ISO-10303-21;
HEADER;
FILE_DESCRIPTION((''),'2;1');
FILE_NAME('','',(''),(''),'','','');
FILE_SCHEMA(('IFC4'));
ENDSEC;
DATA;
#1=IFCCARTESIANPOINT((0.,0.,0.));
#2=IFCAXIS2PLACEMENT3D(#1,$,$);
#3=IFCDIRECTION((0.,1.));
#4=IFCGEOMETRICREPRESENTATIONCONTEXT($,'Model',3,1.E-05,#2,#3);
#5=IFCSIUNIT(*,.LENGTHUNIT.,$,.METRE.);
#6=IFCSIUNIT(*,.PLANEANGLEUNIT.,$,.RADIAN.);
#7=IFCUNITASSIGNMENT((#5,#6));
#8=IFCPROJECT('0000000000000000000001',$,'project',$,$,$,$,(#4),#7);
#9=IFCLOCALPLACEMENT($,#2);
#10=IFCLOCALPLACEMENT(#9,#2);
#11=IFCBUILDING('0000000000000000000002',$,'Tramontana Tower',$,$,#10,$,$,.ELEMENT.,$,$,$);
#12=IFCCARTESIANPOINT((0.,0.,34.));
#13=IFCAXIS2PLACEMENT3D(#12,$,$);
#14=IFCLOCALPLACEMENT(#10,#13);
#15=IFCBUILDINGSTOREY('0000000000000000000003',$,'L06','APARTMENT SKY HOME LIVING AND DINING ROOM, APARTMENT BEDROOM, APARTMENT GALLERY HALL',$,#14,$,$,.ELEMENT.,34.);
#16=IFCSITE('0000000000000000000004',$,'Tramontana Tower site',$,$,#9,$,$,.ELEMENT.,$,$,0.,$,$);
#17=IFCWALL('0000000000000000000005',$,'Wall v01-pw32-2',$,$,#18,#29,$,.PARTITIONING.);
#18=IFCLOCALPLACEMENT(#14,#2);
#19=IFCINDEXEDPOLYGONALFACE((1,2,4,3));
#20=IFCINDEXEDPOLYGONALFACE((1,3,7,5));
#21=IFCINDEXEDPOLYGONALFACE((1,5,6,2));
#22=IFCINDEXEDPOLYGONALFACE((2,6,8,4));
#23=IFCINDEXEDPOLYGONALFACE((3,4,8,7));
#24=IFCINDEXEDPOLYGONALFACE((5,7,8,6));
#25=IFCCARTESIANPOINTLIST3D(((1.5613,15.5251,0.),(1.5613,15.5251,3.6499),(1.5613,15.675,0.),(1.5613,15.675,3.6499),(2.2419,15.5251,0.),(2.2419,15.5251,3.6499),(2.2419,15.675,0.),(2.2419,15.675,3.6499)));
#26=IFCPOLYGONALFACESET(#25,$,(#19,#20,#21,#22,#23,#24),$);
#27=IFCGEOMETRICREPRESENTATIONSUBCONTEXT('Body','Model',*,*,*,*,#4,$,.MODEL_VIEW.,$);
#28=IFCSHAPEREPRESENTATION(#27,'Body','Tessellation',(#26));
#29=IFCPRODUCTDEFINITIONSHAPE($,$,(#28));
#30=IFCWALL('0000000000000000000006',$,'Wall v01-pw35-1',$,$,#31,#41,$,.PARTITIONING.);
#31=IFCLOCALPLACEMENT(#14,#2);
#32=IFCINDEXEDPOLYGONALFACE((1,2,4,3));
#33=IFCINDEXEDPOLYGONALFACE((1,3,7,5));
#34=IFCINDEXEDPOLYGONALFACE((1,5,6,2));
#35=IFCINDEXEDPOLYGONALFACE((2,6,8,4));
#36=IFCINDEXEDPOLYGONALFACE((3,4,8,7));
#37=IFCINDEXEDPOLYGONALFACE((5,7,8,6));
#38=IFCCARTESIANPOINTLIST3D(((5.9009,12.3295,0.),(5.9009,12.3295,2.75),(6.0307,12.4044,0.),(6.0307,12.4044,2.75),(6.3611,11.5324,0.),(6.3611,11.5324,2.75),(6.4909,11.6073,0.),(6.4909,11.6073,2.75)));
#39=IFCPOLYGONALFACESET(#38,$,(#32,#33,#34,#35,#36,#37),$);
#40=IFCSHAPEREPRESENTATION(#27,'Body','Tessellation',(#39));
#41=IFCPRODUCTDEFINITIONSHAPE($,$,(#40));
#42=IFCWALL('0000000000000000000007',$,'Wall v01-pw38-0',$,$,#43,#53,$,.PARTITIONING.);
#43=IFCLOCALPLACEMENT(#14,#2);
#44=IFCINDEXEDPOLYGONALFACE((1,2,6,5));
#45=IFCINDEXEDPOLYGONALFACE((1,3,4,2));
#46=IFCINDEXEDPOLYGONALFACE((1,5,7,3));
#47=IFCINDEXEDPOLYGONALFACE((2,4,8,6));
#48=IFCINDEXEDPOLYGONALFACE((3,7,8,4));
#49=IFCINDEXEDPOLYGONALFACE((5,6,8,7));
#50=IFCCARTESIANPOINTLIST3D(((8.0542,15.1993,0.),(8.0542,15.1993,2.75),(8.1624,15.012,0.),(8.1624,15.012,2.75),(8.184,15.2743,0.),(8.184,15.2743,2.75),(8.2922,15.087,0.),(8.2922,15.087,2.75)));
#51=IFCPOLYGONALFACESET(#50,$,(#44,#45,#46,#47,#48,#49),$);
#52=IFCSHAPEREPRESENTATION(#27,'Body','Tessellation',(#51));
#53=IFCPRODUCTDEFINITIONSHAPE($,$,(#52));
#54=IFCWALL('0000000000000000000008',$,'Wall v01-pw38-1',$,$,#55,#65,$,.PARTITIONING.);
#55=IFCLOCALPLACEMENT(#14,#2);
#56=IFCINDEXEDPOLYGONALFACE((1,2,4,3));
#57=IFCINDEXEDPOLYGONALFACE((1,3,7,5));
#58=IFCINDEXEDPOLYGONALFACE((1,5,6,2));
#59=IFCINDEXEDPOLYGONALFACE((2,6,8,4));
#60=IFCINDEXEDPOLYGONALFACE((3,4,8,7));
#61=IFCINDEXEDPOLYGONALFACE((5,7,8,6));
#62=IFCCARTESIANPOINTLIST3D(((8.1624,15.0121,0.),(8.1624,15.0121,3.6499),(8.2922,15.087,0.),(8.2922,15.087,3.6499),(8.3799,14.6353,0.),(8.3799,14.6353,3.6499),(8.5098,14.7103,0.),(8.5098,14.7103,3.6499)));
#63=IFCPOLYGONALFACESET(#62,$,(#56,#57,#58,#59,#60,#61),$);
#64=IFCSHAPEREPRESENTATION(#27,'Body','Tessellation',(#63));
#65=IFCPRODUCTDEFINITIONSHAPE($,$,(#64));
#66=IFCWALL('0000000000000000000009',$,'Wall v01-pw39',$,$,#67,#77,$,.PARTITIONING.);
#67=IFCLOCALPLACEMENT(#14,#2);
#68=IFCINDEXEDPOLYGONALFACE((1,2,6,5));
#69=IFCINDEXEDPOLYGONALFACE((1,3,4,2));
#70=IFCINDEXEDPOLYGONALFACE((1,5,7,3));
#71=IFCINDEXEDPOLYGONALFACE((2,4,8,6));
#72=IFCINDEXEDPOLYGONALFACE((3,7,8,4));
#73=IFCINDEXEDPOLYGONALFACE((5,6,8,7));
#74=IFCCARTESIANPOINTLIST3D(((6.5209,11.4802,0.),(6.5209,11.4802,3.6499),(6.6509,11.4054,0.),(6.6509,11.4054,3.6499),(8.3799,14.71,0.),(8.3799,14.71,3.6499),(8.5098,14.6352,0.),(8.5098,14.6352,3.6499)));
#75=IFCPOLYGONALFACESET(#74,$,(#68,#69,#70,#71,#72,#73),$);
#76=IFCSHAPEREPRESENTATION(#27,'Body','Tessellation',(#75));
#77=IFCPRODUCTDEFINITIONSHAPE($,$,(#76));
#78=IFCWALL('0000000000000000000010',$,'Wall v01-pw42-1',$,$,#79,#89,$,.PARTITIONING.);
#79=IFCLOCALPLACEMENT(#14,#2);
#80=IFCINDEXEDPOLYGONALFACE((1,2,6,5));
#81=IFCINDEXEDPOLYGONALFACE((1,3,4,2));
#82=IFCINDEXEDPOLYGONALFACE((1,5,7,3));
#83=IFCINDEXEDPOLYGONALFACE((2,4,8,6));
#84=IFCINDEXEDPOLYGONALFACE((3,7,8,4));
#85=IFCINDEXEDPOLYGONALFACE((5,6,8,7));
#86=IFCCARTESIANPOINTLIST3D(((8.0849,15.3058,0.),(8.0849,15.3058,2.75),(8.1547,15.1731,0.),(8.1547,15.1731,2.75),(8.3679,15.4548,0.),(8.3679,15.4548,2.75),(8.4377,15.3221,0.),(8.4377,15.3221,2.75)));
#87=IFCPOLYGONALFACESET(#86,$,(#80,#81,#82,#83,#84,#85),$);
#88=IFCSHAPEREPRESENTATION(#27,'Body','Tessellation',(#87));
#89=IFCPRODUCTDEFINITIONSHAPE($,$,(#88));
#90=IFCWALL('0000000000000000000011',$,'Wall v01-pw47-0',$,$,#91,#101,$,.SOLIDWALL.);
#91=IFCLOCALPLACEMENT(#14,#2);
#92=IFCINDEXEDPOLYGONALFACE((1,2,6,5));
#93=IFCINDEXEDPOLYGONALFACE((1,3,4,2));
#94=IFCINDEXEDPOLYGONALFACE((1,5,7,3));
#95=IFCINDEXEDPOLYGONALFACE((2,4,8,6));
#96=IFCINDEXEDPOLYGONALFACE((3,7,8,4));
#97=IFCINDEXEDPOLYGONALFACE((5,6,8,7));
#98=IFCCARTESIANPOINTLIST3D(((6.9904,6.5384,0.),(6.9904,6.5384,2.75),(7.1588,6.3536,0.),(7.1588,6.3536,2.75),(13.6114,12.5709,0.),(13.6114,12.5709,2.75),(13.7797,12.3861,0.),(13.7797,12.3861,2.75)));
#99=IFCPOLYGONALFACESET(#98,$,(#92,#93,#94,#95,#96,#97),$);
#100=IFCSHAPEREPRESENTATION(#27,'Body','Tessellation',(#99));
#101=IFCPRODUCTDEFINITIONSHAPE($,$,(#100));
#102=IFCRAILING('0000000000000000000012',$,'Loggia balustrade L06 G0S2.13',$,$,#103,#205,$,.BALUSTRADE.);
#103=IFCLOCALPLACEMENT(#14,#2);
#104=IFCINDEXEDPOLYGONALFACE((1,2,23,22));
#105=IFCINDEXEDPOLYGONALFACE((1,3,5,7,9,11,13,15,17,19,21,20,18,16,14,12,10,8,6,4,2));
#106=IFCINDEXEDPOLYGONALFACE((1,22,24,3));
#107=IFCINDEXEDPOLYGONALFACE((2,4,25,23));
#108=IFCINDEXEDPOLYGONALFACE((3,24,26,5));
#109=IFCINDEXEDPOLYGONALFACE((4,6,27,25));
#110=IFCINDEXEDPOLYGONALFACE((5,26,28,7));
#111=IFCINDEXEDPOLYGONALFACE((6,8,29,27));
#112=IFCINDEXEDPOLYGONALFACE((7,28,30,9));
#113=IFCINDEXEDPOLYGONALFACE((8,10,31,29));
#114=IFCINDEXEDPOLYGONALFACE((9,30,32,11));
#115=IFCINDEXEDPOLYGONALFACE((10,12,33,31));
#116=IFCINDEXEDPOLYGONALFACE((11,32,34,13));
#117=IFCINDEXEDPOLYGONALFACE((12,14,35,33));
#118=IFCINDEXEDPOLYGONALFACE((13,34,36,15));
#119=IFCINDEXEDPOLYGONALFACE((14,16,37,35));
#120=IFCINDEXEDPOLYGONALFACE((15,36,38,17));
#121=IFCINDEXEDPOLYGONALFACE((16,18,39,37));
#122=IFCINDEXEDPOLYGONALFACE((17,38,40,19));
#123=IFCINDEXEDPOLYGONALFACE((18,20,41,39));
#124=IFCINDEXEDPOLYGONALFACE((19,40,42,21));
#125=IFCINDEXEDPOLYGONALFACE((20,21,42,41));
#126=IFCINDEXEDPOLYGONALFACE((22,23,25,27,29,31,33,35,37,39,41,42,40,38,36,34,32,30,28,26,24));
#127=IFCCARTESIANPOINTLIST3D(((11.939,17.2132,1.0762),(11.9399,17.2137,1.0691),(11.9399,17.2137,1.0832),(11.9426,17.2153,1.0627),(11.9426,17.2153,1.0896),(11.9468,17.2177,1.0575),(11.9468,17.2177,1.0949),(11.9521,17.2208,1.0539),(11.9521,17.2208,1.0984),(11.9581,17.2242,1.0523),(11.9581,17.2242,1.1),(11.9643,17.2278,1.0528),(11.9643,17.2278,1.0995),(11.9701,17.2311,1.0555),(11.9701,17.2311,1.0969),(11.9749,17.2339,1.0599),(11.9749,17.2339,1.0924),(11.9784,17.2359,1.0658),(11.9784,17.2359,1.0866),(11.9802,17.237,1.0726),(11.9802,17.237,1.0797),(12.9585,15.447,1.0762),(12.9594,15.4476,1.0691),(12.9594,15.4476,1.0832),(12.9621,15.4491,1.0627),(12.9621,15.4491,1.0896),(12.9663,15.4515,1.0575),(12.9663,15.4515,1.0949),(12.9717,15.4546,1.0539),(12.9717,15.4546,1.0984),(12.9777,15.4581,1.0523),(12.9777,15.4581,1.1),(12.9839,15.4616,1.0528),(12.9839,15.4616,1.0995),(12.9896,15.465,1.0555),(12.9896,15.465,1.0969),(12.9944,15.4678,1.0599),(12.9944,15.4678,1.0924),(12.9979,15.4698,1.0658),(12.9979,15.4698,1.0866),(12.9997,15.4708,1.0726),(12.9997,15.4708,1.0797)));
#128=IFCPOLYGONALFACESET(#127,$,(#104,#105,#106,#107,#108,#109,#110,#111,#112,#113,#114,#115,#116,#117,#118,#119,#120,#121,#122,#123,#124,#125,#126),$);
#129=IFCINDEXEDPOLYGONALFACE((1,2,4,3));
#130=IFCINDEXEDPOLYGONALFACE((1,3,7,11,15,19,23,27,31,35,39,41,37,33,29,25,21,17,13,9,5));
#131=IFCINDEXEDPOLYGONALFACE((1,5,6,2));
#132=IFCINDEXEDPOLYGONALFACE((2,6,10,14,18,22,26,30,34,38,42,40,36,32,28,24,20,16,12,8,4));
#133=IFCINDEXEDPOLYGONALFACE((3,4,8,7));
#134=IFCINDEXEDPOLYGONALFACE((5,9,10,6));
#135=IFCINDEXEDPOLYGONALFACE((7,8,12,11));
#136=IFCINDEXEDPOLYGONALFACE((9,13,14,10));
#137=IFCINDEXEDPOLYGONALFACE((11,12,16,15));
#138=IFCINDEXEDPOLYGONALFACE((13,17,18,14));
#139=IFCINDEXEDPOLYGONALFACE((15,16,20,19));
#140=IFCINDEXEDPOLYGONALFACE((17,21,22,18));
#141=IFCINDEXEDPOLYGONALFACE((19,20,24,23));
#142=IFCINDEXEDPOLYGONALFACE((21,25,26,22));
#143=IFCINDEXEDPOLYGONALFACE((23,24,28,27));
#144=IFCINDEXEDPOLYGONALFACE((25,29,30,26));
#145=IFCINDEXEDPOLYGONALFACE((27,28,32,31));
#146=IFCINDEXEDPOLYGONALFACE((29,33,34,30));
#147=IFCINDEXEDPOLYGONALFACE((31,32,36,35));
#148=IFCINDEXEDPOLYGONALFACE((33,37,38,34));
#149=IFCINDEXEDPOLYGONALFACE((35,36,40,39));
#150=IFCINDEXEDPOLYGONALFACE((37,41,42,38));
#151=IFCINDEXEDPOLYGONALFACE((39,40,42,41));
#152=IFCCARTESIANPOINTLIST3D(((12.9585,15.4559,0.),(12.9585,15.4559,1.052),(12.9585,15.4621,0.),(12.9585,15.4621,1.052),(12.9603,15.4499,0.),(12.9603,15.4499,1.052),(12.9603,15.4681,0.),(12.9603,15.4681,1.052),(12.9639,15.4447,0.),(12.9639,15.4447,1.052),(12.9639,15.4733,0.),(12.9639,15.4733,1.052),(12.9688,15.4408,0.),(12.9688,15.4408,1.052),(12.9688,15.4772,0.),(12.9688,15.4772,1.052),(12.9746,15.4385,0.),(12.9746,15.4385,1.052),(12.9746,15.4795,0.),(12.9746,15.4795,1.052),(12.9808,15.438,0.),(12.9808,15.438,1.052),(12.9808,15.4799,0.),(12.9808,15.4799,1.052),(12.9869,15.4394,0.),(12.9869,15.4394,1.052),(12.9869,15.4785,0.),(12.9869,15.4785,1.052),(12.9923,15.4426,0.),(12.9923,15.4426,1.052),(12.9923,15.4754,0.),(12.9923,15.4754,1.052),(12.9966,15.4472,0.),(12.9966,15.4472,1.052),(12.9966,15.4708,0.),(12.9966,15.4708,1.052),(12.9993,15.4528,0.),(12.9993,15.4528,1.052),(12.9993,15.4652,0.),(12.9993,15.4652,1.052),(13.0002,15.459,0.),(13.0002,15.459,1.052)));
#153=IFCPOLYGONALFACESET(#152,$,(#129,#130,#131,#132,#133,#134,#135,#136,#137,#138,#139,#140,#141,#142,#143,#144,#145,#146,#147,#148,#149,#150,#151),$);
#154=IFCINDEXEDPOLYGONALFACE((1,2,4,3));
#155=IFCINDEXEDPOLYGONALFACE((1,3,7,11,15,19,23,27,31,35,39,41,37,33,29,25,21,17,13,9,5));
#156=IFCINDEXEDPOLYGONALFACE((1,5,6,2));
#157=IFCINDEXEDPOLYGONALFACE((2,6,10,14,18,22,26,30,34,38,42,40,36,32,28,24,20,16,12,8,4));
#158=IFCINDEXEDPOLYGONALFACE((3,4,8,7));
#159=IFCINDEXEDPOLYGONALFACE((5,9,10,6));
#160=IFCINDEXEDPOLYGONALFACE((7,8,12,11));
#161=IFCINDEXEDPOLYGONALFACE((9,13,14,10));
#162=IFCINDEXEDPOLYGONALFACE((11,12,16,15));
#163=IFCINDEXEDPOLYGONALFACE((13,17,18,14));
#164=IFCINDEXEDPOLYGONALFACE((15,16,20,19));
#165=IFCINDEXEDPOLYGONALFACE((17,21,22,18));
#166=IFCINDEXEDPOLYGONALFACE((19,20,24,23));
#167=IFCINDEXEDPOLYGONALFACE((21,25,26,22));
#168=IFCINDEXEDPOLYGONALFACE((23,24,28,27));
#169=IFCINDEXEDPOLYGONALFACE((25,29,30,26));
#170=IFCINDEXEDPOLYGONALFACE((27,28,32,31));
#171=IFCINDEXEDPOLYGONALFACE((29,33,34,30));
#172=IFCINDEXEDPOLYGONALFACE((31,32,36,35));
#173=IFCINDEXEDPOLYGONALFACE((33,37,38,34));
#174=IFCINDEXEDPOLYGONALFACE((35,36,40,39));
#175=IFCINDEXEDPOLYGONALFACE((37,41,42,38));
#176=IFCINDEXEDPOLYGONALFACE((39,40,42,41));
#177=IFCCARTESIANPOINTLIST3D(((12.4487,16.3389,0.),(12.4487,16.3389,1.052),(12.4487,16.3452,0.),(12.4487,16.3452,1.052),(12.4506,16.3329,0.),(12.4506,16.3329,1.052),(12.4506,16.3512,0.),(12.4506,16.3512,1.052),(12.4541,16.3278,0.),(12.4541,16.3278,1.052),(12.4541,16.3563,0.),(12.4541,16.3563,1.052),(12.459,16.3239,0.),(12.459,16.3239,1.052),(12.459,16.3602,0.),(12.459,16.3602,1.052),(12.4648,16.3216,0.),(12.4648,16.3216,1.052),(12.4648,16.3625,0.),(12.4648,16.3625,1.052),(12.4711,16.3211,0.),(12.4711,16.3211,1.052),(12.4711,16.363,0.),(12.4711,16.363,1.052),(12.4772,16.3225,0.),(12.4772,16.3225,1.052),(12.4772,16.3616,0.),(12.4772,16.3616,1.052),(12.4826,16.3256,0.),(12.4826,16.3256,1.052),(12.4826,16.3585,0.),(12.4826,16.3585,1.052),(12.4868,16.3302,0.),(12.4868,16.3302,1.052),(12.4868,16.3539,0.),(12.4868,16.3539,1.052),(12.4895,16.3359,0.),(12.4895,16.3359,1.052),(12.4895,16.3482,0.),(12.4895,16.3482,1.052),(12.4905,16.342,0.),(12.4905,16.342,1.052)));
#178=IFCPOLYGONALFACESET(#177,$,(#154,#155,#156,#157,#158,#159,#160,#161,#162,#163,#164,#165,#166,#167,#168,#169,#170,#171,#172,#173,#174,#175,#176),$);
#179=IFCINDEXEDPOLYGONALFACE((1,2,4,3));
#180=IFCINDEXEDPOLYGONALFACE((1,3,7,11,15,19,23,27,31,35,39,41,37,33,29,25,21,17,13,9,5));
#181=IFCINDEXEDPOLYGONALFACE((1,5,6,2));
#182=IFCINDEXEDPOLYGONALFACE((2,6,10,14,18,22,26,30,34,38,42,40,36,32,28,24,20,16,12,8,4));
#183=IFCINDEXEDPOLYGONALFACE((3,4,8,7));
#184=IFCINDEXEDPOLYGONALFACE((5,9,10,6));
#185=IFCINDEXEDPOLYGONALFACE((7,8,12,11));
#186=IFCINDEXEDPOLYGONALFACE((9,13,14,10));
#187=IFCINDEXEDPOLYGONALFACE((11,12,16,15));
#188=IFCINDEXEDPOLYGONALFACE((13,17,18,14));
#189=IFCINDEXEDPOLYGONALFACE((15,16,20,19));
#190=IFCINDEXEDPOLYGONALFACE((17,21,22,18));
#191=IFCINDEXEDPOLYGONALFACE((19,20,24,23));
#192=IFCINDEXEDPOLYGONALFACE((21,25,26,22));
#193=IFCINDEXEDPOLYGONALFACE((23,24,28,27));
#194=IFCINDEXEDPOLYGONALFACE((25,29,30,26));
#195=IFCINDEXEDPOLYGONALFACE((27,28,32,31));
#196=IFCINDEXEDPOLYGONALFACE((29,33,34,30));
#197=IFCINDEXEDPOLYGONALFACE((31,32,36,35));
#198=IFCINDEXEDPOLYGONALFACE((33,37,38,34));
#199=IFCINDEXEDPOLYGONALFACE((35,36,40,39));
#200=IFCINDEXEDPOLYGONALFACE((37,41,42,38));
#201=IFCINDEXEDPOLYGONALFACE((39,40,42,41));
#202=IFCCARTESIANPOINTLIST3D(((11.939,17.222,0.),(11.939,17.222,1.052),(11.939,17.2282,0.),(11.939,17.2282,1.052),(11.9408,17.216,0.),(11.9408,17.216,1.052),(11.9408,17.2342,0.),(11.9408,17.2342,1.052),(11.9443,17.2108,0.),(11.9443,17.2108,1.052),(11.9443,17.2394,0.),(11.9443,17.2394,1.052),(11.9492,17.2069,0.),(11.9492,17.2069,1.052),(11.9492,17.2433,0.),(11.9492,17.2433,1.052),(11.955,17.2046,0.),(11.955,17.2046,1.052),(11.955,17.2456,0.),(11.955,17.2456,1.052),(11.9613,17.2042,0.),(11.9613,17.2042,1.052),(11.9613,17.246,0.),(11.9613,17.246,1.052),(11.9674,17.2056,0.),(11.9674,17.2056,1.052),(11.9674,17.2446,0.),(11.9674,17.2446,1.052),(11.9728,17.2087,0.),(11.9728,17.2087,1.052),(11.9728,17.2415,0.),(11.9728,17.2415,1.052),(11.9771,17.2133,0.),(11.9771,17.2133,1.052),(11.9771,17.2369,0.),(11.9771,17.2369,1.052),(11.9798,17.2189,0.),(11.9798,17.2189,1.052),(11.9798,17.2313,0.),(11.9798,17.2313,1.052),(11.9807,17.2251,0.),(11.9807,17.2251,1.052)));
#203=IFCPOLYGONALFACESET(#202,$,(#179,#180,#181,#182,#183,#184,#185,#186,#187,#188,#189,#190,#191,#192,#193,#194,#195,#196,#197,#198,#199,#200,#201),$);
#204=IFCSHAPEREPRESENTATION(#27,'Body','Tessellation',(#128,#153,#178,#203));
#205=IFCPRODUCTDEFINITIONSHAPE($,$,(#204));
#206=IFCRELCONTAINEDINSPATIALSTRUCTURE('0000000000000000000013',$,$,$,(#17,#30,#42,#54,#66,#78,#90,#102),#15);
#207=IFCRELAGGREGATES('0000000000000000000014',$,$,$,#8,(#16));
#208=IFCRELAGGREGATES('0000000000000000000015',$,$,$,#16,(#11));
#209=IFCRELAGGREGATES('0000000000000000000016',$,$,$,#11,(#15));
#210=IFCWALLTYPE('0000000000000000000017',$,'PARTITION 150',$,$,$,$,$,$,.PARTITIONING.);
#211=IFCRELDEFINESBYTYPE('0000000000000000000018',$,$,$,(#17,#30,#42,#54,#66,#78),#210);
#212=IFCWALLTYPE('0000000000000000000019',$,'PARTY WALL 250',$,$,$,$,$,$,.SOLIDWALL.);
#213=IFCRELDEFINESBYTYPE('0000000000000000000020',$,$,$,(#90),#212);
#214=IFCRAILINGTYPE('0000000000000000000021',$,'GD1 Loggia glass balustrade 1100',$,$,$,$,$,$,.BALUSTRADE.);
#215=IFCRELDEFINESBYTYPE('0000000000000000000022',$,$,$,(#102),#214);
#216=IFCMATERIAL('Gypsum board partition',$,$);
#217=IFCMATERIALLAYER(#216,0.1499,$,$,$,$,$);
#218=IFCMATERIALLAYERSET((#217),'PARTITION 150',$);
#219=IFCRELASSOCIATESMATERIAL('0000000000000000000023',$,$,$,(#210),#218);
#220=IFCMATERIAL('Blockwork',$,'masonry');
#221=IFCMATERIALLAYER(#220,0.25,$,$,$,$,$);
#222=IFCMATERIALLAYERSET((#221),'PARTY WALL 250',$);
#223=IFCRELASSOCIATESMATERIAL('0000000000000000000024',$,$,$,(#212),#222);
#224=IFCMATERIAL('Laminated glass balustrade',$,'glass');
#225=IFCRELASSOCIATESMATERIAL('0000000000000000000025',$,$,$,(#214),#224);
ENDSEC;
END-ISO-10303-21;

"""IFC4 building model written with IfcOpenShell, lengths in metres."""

from ifc_helpers import new_model, si_unit, direction, frame, frame_2d, origin, origin_2d, place, context, subcontext, project, spatial, rectangle, circle, extrude, material, layer, layer_set, type_object, element, save


model = new_model("IFC4")

# Units and contexts
model_context = context("Model", 3, precision=1e-05, world=origin(), true_north=direction((0.0, 1.0)))
body_context = subcontext(model_context, "Body", "Model", "MODEL_VIEW")
ifc_project = project(units=[si_unit("LENGTHUNIT", "METRE"), si_unit("PLANEANGLEUNIT", "RADIAN")], contexts=[model_context])

# Site, building, storey
site_placement = place(None, origin())
site = spatial("IfcSite", under=ifc_project, at=site_placement, Name="Tramontana Tower site", CompositionType="ELEMENT", RefElevation=0.0)
building_placement = place(site_placement, origin())
building = spatial("IfcBuilding", under=site, at=building_placement, Name="Tramontana Tower", CompositionType="ELEMENT")
storey_placement = place(building_placement, frame((0.0, 0.0, 34.0)))
storey = spatial("IfcBuildingStorey", under=building, at=storey_placement, Name="L06", Description="APARTMENT SKY HOME LIVING AND DINING ROOM, APARTMENT BEDROOM, APARTMENT GALLERY HALL", CompositionType="ELEMENT", Elevation=34.0)

# Wall
ifc_material_1 = material(Name="Gypsum board partition")
ifc_layer_1 = layer(ifc_material_1, 0.1499)
ifc_layer_set_1 = layer_set([ifc_layer_1], Name="PARTITION 150")
wall_type_1 = type_object("IfcWallType", Name="PARTITION 150", PredefinedType="PARTITIONING", material=ifc_layer_set_1)
wall_1_placement = place(storey_placement, frame((1.5613, 15.6001, 0.0), z_axis=(0.0, 0.0, 1.0), x_axis=(1.0, 0.0, 0.0)))
element("IfcWall", 1, at=wall_1_placement, inside=storey, type_object=wall_type_1, Name="Wall v01-pw32-2", PredefinedType="PARTITIONING", context=body_context, shape_type="SweptSolid", body=[
    extrude(rectangle(XDim=0.6807, YDim=0.1499, at=frame_2d((0.3403, 0.0))), origin(), (0.0, 0.0, 1.0), 3.6499),
])

# Walls
wall_2_placement = place(storey_placement, frame((5.9658, 12.3669, 0.0), z_axis=(0.0, 0.0, 1.0), x_axis=(0.49999, -0.866031, 0.0)))
element("IfcWall", 2, at=wall_2_placement, inside=storey, type_object=wall_type_1, Name="Wall v01-pw35-1", PredefinedType="PARTITIONING", context=body_context, shape_type="SweptSolid", body=[
    extrude(rectangle(XDim=0.9204, YDim=0.1499, at=frame_2d((0.4602, 0.0))), origin(), (0.0, 0.0, 1.0), 2.75),
])
wall_3_placement = place(storey_placement, frame((8.1191, 15.2368, 0.0), z_axis=(0.0, 0.0, 1.0), x_axis=(0.500146, -0.865941, 0.0)))
element("IfcWall", 3, at=wall_3_placement, inside=storey, type_object=wall_type_1, Name="Wall v01-pw38-0", PredefinedType="PARTITIONING", context=body_context, shape_type="SweptSolid", body=[
    extrude(rectangle(XDim=0.2163, YDim=0.1499, at=frame_2d((0.1082, 0.0))), origin(), (0.0, 0.0, 1.0), 2.75),
])
wall_4_placement = place(storey_placement, frame((8.2273, 15.0496, 0.0), z_axis=(0.0, 0.0, 1.0), x_axis=(0.500063, -0.865989, 0.0)))
element("IfcWall", 4, at=wall_4_placement, inside=storey, type_object=wall_type_1, Name="Wall v01-pw38-1", PredefinedType="PARTITIONING", context=body_context, shape_type="SweptSolid", body=[
    extrude(rectangle(XDim=0.4351, YDim=0.1499, at=frame_2d((0.2175, 0.0))), origin(), (0.0, 0.0, 1.0), 3.6499),
])
wall_5_placement = place(storey_placement, frame((8.4448, 14.6726, 0.0), z_axis=(0.0, 0.0, 1.0), x_axis=(-0.498832, -0.866699, 0.0)))
element("IfcWall", 5, at=wall_5_placement, inside=storey, type_object=wall_type_1, Name="Wall v01-pw39", PredefinedType="PARTITIONING", context=body_context, shape_type="SweptSolid", body=[
    extrude(rectangle(XDim=3.7266, YDim=0.1499, at=frame_2d((1.8633, 0.0))), origin(), (0.0, 0.0, 1.0), 3.6499),
])
wall_6_placement = place(storey_placement, frame((8.4028, 15.3884, 0.0), z_axis=(0.0, 0.0, 1.0), x_axis=(-0.884918, -0.465746, 0.0)))
element("IfcWall", 6, at=wall_6_placement, inside=storey, type_object=wall_type_1, Name="Wall v01-pw42-1", PredefinedType="PARTITIONING", context=body_context, shape_type="SweptSolid", body=[
    extrude(rectangle(XDim=0.3198, YDim=0.1499, at=frame_2d((0.1599, 0.0))), origin(), (0.0, 0.0, 1.0), 2.75),
])
ifc_material_2 = material(Name="Blockwork", Category="masonry")
ifc_layer_2 = layer(ifc_material_2, 0.25)
ifc_layer_set_2 = layer_set([ifc_layer_2], Name="PARTY WALL 250")
wall_type_2 = type_object("IfcWallType", Name="PARTY WALL 250", PredefinedType="SOLIDWALL", material=ifc_layer_set_2)
wall_7_placement = place(storey_placement, frame((13.6956, 12.4785, 0.0), z_axis=(0.0, 0.0, 1.0), x_axis=(-0.739188, -0.673499, 0.0)))
element("IfcWall", 7, at=wall_7_placement, inside=storey, type_object=wall_type_2, Name="Wall v01-pw47-0", PredefinedType="SOLIDWALL", context=body_context, shape_type="SweptSolid", body=[
    extrude(rectangle(XDim=8.957, YDim=0.25, at=frame_2d((4.4785, 0.0))), origin(), (0.0, 0.0, 1.0), 2.75),
])

# Railing
ifc_material_3 = material(Name="Laminated glass balustrade", Category="glass")
railing_type = type_object("IfcRailingType", Name="GD1 Loggia glass balustrade 1100", PredefinedType="BALUSTRADE", material=ifc_material_3)
railing_placement = place(storey_placement, frame((12.9792, 15.459, 0.0)))
element("IfcRailing", 8, at=railing_placement, inside=storey, type_object=railing_type, Name="Loggia balustrade L06 G0S2.13", PredefinedType="BALUSTRADE", context=body_context, shape_type="SweptSolid", body=[
    extrude(circle(Radius=0.0239, at=origin_2d()), frame((0.0, 0.0, 1.0762), z_axis=(-0.49995, 0.866054, 0.0), x_axis=(-0.866054, -0.49995, 0.0)), (0.0, 0.0, 1.0), 2.0393),
    extrude(circle(Radius=0.021, at=origin_2d()), origin(), (0.0, 0.0, 1.0), 1.052),
    extrude(circle(Radius=0.021, at=origin_2d()), frame((-0.5098, 0.8831, 0.0)), (0.0, 0.0, 1.0), 1.052),
    extrude(circle(Radius=0.021, at=origin_2d()), frame((-1.0195, 1.7661, 0.0)), (0.0, 0.0, 1.0), 1.052),
])

save(model, "model.ifc")
